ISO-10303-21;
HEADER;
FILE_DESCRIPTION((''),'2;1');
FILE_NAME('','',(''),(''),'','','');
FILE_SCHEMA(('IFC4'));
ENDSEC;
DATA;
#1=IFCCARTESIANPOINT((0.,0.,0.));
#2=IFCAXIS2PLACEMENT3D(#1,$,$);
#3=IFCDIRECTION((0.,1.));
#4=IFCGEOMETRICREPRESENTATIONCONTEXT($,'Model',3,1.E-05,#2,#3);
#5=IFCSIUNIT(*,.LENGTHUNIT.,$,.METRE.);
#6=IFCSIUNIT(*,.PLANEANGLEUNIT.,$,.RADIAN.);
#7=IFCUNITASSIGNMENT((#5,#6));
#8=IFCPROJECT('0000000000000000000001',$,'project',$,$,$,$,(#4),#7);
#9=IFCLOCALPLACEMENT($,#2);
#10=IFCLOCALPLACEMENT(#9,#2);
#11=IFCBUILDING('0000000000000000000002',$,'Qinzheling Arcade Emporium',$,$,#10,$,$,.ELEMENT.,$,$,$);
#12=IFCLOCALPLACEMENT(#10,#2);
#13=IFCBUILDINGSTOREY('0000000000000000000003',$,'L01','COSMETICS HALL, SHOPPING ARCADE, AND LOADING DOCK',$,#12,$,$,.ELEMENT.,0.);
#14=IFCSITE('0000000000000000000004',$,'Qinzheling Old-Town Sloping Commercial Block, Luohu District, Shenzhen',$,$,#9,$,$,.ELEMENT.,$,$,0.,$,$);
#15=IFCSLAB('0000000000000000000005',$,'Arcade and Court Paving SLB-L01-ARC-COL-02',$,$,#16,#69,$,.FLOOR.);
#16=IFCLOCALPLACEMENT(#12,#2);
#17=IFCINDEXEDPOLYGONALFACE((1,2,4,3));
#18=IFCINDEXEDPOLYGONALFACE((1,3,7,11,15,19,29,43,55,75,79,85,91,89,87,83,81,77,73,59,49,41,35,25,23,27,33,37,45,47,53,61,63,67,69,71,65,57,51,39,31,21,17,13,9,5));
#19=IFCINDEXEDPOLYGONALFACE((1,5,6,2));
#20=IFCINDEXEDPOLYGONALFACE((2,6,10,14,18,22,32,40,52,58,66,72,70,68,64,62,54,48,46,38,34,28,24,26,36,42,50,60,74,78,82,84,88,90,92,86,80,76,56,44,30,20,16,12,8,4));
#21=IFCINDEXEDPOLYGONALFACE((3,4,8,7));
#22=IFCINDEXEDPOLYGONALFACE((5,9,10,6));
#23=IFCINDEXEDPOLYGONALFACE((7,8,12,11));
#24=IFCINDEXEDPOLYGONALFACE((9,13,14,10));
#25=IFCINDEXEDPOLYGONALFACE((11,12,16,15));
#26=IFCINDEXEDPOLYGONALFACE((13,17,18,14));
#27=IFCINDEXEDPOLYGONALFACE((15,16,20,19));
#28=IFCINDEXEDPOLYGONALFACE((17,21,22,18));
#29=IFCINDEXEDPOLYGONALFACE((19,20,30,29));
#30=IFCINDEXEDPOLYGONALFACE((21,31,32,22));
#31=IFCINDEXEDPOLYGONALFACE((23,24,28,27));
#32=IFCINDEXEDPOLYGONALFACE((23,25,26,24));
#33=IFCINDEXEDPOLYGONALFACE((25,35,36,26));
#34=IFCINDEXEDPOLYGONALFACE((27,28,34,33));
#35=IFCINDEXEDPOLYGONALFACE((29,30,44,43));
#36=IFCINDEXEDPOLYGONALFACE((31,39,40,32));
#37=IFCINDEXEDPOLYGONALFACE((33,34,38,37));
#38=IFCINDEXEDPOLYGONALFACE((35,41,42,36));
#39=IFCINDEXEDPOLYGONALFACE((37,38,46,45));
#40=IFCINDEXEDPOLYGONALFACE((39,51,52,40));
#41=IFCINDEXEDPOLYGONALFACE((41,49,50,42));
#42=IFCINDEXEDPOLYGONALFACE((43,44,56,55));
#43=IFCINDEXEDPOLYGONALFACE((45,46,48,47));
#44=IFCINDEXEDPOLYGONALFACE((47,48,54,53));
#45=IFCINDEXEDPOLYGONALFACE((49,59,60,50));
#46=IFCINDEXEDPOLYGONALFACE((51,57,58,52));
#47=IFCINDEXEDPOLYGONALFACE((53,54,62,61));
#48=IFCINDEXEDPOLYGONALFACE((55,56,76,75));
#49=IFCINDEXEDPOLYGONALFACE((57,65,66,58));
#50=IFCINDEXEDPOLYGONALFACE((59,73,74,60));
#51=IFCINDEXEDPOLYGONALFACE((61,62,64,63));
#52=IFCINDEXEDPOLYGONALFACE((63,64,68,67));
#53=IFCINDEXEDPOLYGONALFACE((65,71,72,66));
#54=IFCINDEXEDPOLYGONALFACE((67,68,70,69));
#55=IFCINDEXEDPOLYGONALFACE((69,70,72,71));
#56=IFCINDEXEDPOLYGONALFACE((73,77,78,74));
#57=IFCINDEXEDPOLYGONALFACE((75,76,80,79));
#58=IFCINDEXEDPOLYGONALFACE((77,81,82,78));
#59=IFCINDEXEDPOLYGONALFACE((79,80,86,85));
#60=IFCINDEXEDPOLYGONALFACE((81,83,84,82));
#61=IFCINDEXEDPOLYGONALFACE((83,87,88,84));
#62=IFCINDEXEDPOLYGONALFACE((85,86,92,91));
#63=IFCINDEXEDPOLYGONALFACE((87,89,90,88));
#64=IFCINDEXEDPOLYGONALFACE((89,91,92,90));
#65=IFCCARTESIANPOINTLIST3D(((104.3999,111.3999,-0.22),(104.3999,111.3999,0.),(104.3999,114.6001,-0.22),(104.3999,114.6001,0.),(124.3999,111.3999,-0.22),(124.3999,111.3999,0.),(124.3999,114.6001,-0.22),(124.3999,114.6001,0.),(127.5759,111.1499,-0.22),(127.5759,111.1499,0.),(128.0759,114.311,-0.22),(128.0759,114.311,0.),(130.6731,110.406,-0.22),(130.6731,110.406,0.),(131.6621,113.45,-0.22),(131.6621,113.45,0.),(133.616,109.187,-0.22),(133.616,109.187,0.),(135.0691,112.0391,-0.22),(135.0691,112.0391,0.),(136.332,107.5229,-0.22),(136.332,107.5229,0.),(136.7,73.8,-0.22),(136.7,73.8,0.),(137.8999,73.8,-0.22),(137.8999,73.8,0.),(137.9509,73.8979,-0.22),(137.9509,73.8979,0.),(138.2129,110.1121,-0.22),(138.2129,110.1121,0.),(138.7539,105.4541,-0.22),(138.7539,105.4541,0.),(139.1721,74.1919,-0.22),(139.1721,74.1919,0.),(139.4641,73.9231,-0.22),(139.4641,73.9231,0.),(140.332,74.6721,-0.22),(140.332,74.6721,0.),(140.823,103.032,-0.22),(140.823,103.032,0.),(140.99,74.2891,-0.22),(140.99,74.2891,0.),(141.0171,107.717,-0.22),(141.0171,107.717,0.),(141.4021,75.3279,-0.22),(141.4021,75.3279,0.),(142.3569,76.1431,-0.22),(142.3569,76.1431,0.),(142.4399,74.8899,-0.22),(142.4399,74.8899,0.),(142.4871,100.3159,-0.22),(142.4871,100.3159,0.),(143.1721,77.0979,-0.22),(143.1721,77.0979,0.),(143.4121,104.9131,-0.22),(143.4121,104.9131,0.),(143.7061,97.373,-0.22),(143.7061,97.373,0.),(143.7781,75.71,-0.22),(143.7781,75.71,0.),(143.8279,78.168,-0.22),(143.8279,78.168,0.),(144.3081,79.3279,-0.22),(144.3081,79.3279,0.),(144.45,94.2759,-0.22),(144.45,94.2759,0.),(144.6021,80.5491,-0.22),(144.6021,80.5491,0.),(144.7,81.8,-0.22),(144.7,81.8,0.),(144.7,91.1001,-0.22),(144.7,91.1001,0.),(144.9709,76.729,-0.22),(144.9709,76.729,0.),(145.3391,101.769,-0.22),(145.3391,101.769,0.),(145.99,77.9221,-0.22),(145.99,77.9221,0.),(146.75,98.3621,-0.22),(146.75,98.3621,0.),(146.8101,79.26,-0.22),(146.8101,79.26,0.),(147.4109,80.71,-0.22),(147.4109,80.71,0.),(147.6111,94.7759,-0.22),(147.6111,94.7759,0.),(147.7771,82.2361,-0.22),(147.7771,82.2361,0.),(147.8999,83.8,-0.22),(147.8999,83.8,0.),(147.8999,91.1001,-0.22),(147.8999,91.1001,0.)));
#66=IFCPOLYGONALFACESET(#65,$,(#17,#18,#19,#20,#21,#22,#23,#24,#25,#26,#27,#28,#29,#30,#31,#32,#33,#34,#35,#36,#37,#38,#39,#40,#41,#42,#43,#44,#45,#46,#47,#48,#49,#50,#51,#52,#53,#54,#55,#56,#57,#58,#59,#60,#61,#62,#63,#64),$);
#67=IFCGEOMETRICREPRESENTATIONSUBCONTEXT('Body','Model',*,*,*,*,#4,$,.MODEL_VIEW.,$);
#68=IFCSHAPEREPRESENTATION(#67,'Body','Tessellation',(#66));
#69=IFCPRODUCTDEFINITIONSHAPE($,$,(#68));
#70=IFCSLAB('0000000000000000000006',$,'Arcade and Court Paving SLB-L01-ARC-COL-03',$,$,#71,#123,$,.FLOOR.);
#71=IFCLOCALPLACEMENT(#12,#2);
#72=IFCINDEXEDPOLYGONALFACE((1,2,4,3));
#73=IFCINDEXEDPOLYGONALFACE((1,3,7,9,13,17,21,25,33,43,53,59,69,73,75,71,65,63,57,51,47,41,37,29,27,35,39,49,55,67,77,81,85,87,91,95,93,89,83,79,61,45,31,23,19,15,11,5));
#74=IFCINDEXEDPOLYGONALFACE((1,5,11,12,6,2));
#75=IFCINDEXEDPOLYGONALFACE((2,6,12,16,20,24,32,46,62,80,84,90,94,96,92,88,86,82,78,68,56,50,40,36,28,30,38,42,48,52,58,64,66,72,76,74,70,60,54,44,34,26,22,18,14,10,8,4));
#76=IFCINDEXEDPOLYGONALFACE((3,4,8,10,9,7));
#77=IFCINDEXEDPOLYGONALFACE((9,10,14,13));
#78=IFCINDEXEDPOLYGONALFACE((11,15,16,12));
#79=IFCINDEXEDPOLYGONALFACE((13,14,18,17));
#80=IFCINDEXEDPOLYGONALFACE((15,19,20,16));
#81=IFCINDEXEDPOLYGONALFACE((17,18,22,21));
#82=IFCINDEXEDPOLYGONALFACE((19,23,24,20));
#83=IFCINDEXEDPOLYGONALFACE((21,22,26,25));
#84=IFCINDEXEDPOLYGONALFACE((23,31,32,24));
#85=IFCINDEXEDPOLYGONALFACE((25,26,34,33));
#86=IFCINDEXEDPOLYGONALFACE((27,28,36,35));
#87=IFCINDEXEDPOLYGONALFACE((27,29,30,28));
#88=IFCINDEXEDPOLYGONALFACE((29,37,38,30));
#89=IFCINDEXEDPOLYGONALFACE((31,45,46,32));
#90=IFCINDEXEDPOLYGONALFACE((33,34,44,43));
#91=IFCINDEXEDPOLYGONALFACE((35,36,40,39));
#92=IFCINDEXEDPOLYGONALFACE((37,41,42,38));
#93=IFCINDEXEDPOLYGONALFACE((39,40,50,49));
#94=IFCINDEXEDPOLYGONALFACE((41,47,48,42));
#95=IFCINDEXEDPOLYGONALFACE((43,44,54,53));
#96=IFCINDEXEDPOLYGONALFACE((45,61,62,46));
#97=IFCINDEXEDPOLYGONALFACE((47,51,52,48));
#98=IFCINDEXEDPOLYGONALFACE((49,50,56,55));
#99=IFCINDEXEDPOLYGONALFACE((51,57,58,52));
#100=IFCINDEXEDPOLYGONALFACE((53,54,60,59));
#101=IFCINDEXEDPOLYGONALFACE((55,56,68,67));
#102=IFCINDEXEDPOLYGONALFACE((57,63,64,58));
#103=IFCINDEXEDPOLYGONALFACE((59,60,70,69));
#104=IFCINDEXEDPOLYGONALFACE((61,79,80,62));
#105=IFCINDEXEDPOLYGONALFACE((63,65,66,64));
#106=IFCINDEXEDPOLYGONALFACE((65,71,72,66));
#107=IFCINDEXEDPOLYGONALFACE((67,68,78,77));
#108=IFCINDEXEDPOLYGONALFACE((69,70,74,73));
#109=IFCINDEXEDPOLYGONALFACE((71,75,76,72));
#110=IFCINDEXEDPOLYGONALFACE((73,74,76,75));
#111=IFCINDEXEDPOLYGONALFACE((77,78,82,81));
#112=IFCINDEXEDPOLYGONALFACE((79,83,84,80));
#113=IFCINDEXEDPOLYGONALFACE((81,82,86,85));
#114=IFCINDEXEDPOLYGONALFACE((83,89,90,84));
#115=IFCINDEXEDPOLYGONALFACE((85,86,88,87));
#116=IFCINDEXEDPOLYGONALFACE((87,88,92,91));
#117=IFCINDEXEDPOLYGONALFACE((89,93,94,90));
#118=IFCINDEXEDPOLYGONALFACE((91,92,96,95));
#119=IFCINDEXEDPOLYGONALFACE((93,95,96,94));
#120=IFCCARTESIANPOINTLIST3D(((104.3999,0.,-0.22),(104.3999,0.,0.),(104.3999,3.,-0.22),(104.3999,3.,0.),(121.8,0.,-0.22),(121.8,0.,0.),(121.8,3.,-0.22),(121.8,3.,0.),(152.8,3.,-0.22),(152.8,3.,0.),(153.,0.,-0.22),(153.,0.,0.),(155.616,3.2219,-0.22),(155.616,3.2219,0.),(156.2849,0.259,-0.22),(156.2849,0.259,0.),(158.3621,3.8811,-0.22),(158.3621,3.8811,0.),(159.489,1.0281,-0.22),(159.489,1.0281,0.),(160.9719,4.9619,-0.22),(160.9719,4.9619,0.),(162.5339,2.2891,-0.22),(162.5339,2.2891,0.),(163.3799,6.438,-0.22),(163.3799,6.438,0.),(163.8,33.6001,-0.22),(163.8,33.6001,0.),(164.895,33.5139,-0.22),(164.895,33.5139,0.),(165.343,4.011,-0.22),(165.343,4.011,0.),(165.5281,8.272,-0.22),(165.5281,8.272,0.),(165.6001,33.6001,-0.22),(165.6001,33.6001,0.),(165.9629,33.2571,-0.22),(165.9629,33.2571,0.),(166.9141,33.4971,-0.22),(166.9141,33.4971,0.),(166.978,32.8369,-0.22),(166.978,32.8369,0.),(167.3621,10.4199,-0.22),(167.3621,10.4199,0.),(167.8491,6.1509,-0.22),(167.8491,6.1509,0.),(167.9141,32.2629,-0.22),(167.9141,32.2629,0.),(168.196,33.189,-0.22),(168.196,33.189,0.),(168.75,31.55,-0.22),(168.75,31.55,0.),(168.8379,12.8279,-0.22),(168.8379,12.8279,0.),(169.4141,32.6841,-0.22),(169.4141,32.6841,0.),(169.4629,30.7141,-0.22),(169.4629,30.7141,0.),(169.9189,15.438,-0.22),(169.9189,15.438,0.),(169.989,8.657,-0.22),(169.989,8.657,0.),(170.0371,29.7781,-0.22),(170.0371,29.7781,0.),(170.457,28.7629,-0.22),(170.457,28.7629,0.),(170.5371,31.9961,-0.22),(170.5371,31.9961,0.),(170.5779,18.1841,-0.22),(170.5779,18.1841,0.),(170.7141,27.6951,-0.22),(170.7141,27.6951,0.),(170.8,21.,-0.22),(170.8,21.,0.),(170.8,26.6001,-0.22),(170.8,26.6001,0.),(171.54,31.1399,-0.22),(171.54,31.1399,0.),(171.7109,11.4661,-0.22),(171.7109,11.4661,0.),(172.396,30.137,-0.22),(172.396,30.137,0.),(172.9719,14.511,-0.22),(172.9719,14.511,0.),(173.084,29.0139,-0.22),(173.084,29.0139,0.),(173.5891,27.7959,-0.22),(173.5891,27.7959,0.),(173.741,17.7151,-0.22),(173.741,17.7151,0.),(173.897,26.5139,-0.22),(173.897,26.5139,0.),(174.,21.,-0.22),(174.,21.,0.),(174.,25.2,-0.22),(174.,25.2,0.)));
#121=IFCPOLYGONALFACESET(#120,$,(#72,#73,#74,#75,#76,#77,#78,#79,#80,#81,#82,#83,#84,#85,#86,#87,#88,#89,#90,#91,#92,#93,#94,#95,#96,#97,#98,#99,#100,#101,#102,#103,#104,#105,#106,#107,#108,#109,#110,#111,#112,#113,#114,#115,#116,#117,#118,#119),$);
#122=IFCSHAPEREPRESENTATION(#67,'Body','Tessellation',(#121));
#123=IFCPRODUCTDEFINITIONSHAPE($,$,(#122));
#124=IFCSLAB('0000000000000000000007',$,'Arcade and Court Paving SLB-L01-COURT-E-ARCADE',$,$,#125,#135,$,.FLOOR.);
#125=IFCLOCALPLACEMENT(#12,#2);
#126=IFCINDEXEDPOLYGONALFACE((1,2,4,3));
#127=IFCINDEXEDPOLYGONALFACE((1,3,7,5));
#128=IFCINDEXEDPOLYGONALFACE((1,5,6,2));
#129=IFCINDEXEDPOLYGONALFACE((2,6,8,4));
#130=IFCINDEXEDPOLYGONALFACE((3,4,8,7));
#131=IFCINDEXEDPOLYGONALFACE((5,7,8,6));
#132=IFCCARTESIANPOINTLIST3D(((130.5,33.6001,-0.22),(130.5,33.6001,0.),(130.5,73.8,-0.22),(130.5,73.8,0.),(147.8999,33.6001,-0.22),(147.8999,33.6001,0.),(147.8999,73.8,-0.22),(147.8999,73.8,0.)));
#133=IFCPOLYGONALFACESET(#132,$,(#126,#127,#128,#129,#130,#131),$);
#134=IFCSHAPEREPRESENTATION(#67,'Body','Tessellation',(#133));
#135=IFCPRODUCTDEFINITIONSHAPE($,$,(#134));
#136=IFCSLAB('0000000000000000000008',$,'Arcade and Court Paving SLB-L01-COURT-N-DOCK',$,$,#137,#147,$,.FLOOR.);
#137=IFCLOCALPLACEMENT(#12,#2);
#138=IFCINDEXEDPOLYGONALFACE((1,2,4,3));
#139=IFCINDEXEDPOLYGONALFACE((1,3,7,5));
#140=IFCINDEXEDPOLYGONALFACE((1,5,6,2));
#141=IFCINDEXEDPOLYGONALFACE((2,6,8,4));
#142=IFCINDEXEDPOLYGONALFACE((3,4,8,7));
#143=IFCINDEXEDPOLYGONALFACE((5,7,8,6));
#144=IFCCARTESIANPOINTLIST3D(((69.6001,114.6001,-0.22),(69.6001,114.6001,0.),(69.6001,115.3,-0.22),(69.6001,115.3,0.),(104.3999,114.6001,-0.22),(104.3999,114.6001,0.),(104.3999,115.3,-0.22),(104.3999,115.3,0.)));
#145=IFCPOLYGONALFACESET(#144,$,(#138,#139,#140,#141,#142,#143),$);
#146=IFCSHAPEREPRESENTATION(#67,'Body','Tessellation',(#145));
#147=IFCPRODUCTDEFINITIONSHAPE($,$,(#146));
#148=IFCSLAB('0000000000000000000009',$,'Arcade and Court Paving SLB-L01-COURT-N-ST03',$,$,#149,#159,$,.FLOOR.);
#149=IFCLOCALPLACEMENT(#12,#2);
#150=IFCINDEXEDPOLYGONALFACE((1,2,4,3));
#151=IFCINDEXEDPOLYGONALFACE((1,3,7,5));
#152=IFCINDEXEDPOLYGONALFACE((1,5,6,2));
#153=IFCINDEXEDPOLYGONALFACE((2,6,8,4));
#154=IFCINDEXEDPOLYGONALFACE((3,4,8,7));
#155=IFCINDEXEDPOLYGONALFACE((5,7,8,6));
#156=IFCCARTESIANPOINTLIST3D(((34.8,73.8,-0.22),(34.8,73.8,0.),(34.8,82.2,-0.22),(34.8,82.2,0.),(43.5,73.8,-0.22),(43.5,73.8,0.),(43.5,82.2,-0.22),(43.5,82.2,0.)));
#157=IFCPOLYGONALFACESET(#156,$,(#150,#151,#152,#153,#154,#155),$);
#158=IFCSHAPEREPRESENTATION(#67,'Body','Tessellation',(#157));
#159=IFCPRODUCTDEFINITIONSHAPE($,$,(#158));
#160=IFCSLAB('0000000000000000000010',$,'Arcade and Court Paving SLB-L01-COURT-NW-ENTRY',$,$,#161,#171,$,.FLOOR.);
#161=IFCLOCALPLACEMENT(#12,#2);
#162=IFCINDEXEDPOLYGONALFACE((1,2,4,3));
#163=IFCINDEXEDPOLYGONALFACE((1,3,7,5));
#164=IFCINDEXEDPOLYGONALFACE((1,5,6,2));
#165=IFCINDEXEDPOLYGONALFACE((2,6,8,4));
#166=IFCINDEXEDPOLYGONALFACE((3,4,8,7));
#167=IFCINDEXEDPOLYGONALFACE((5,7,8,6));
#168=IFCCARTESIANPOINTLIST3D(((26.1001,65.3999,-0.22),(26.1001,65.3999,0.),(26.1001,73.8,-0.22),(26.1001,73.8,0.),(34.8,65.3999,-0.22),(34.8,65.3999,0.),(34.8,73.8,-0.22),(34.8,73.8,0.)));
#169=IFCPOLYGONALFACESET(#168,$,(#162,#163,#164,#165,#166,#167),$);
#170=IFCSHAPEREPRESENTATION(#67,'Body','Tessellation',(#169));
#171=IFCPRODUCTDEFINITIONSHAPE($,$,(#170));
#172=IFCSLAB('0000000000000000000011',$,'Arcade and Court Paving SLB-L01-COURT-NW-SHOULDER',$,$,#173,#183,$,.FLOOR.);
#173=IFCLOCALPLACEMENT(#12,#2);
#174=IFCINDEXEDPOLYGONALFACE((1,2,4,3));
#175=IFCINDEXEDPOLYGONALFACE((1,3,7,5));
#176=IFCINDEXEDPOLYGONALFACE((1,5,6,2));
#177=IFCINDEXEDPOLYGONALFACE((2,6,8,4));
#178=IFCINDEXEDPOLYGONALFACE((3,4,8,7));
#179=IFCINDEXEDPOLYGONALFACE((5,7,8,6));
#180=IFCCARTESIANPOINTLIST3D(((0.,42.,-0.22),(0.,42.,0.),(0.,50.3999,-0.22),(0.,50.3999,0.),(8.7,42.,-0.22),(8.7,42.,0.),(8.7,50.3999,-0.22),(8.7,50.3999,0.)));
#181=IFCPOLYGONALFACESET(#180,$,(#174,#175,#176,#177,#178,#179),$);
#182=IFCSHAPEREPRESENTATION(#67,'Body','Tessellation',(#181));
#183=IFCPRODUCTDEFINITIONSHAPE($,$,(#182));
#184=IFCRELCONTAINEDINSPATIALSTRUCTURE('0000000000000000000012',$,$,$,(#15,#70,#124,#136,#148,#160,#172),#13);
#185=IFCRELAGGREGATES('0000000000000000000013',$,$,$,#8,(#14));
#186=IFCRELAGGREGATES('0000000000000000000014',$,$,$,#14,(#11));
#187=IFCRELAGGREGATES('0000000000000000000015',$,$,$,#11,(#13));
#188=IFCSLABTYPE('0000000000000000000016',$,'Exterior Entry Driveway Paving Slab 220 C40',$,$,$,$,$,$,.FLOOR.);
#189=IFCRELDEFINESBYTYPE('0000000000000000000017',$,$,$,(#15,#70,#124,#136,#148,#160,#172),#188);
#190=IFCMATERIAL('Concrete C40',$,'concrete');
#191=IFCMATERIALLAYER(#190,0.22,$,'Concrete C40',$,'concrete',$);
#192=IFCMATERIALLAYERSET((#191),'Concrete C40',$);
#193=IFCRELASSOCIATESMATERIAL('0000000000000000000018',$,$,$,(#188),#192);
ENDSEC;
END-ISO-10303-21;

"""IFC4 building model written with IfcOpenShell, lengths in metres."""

from ifc_helpers import new_model, si_unit, direction, frame, origin, place, context, subcontext, project, spatial, polyline, outline, extrude, material, layer, layer_set, type_object, element, save


model = new_model("IFC4")

# Units and contexts
model_context = context("Model", 3, precision=1e-05, world=origin(), true_north=direction((0.0, 1.0)))
body_context = subcontext(model_context, "Body", "Model", "MODEL_VIEW")
ifc_project = project(units=[si_unit("LENGTHUNIT", "METRE"), si_unit("PLANEANGLEUNIT", "RADIAN")], contexts=[model_context])

# Site, building, storey
site_placement = place(None, origin())
site = spatial("IfcSite", under=ifc_project, at=site_placement, Name="Qinzheling Old-Town Sloping Commercial Block, Luohu District, Shenzhen", CompositionType="ELEMENT", RefElevation=0.0)
building_placement = place(site_placement, origin())
building = spatial("IfcBuilding", under=site, at=building_placement, Name="Qinzheling Arcade Emporium", CompositionType="ELEMENT")
storey_placement = place(building_placement, origin())
storey = spatial("IfcBuildingStorey", under=building, at=storey_placement, Name="L01", Description="COSMETICS HALL, SHOPPING ARCADE, AND LOADING DOCK", CompositionType="ELEMENT", Elevation=0.0)

# Slabs
ifc_material = material(Name="Concrete C40", Category="concrete")
ifc_layer_1 = layer(ifc_material, 0.22, Name="Concrete C40", Category="concrete")
ifc_layer_set_1 = layer_set([ifc_layer_1], Name="Concrete C40")
slab_type_1 = type_object("IfcSlabType", Name="Exterior Entry Driveway Paving Slab 220 C40", PredefinedType="FLOOR", material=ifc_layer_set_1)
slab_1_placement = place(storey_placement, frame((0.0, 0.0, -0.22)))
element("IfcSlab", 1, at=slab_1_placement, inside=storey, type_object=slab_type_1, Name="Arcade and Court Paving SLB-L01-ARC-COL-02", PredefinedType="FLOOR", context=body_context, shape_type="SweptSolid", body=[
    extrude(outline(polyline([(104.3999, 111.3999), (124.3999, 111.3999), (127.5759, 111.1499), (130.6731, 110.406), (133.616, 109.187), (136.332, 107.5229), (138.7539, 105.4541), (140.823, 103.032), (142.4871, 100.3159), (143.7061, 97.373), (144.45, 94.2759), (144.7, 91.1001), (144.7, 81.8), (144.6021, 80.5491), (144.3081, 79.3279), (143.8279, 78.168), (143.1721, 77.0979), (142.3569, 76.1431), (141.4021, 75.3279), (140.332, 74.6721), (139.1721, 74.1919), (137.9509, 73.8979), (136.7, 73.8), (137.8999, 73.8), (139.4641, 73.9231), (140.99, 74.2891), (142.4399, 74.8899), (143.7781, 75.71), (144.9709, 76.729), (145.99, 77.9221), (146.8101, 79.26), (147.4109, 80.71), (147.7771, 82.2361), (147.8999, 83.8), (147.8999, 91.1001), (147.6111, 94.7759), (146.75, 98.3621), (145.3391, 101.769), (143.4121, 104.9131), (141.0171, 107.717), (138.2129, 110.1121), (135.0691, 112.0391), (131.6621, 113.45), (128.0759, 114.311), (124.3999, 114.6001), (104.3999, 114.6001), (104.3999, 111.3999)])), origin(), (0.0, 0.0, 1.0), 0.22),
])
slab_2_placement = place(storey_placement, frame((0.0, 0.0, -0.22)))
element("IfcSlab", 2, at=slab_2_placement, inside=storey, type_object=slab_type_1, Name="Arcade and Court Paving SLB-L01-ARC-COL-03", PredefinedType="FLOOR", context=body_context, shape_type="SweptSolid", body=[
    extrude(outline(polyline([(165.6001, 33.6001), (163.8, 33.6001), (164.895, 33.5139), (165.9629, 33.2571), (166.978, 32.8369), (167.9141, 32.2629), (168.75, 31.55), (169.4629, 30.7141), (170.0371, 29.7781), (170.457, 28.7629), (170.7141, 27.6951), (170.8, 26.6001), (170.8, 21.0), (170.5779, 18.1841), (169.9189, 15.438), (168.8379, 12.8279), (167.3621, 10.4199), (165.5281, 8.272), (163.3799, 6.438), (160.9719, 4.9619), (158.3621, 3.8811), (155.616, 3.2219), (152.8, 3.0), (121.8, 3.0), (104.3999, 3.0), (104.3999, 0.0), (121.8, 0.0), (153.0, 0.0), (156.2849, 0.259), (159.489, 1.0281), (162.5339, 2.2891), (165.343, 4.011), (167.8491, 6.1509), (169.989, 8.657), (171.7109, 11.4661), (172.9719, 14.511), (173.741, 17.7151), (174.0, 21.0), (174.0, 25.2), (173.897, 26.5139), (173.5891, 27.7959), (173.084, 29.0139), (172.396, 30.137), (171.54, 31.1399), (170.5371, 31.9961), (169.4141, 32.6841), (168.196, 33.189), (166.9141, 33.4971), (165.6001, 33.6001)])), origin(), (0.0, 0.0, 1.0), 0.22),
])
slab_3_placement = place(storey_placement, frame((0.0, 0.0, -0.22)))
element("IfcSlab", 3, at=slab_3_placement, inside=storey, type_object=slab_type_1, Name="Arcade and Court Paving SLB-L01-COURT-E-ARCADE", PredefinedType="FLOOR", context=body_context, shape_type="SweptSolid", body=[
    extrude(outline(polyline([(147.8999, 33.6001), (147.8999, 73.8), (130.5, 73.8), (130.5, 33.6001), (147.8999, 33.6001)])), origin(), (0.0, 0.0, 1.0), 0.22),
])
slab_4_placement = place(storey_placement, frame((0.0, 0.0, -0.22)))
element("IfcSlab", 4, at=slab_4_placement, inside=storey, type_object=slab_type_1, Name="Arcade and Court Paving SLB-L01-COURT-N-DOCK", PredefinedType="FLOOR", context=body_context, shape_type="SweptSolid", body=[
    extrude(outline(polyline([(104.3999, 114.6001), (104.3999, 115.3), (69.6001, 115.3), (69.6001, 114.6001), (104.3999, 114.6001)])), origin(), (0.0, 0.0, 1.0), 0.22),
])
slab_5_placement = place(storey_placement, frame((0.0, 0.0, -0.22)))
element("IfcSlab", 5, at=slab_5_placement, inside=storey, type_object=slab_type_1, Name="Arcade and Court Paving SLB-L01-COURT-N-ST03", PredefinedType="FLOOR", context=body_context, shape_type="SweptSolid", body=[
    extrude(outline(polyline([(43.5, 73.8), (43.5, 82.2), (34.8, 82.2), (34.8, 73.8), (43.5, 73.8)])), origin(), (0.0, 0.0, 1.0), 0.22),
])
slab_6_placement = place(storey_placement, frame((0.0, 0.0, -0.22)))
element("IfcSlab", 6, at=slab_6_placement, inside=storey, type_object=slab_type_1, Name="Arcade and Court Paving SLB-L01-COURT-NW-ENTRY", PredefinedType="FLOOR", context=body_context, shape_type="SweptSolid", body=[
    extrude(outline(polyline([(34.8, 65.3999), (34.8, 73.8), (26.1001, 73.8), (26.1001, 65.3999), (34.8, 65.3999)])), origin(), (0.0, 0.0, 1.0), 0.22),
])
slab_7_placement = place(storey_placement, frame((0.0, 0.0, -0.22)))
element("IfcSlab", 7, at=slab_7_placement, inside=storey, type_object=slab_type_1, Name="Arcade and Court Paving SLB-L01-COURT-NW-SHOULDER", PredefinedType="FLOOR", context=body_context, shape_type="SweptSolid", body=[
    extrude(outline(polyline([(8.7, 42.0), (8.7, 50.3999), (0.0, 50.3999), (0.0, 42.0), (8.7, 42.0)])), origin(), (0.0, 0.0, 1.0), 0.22),
])

save(model, "model.ifc")
